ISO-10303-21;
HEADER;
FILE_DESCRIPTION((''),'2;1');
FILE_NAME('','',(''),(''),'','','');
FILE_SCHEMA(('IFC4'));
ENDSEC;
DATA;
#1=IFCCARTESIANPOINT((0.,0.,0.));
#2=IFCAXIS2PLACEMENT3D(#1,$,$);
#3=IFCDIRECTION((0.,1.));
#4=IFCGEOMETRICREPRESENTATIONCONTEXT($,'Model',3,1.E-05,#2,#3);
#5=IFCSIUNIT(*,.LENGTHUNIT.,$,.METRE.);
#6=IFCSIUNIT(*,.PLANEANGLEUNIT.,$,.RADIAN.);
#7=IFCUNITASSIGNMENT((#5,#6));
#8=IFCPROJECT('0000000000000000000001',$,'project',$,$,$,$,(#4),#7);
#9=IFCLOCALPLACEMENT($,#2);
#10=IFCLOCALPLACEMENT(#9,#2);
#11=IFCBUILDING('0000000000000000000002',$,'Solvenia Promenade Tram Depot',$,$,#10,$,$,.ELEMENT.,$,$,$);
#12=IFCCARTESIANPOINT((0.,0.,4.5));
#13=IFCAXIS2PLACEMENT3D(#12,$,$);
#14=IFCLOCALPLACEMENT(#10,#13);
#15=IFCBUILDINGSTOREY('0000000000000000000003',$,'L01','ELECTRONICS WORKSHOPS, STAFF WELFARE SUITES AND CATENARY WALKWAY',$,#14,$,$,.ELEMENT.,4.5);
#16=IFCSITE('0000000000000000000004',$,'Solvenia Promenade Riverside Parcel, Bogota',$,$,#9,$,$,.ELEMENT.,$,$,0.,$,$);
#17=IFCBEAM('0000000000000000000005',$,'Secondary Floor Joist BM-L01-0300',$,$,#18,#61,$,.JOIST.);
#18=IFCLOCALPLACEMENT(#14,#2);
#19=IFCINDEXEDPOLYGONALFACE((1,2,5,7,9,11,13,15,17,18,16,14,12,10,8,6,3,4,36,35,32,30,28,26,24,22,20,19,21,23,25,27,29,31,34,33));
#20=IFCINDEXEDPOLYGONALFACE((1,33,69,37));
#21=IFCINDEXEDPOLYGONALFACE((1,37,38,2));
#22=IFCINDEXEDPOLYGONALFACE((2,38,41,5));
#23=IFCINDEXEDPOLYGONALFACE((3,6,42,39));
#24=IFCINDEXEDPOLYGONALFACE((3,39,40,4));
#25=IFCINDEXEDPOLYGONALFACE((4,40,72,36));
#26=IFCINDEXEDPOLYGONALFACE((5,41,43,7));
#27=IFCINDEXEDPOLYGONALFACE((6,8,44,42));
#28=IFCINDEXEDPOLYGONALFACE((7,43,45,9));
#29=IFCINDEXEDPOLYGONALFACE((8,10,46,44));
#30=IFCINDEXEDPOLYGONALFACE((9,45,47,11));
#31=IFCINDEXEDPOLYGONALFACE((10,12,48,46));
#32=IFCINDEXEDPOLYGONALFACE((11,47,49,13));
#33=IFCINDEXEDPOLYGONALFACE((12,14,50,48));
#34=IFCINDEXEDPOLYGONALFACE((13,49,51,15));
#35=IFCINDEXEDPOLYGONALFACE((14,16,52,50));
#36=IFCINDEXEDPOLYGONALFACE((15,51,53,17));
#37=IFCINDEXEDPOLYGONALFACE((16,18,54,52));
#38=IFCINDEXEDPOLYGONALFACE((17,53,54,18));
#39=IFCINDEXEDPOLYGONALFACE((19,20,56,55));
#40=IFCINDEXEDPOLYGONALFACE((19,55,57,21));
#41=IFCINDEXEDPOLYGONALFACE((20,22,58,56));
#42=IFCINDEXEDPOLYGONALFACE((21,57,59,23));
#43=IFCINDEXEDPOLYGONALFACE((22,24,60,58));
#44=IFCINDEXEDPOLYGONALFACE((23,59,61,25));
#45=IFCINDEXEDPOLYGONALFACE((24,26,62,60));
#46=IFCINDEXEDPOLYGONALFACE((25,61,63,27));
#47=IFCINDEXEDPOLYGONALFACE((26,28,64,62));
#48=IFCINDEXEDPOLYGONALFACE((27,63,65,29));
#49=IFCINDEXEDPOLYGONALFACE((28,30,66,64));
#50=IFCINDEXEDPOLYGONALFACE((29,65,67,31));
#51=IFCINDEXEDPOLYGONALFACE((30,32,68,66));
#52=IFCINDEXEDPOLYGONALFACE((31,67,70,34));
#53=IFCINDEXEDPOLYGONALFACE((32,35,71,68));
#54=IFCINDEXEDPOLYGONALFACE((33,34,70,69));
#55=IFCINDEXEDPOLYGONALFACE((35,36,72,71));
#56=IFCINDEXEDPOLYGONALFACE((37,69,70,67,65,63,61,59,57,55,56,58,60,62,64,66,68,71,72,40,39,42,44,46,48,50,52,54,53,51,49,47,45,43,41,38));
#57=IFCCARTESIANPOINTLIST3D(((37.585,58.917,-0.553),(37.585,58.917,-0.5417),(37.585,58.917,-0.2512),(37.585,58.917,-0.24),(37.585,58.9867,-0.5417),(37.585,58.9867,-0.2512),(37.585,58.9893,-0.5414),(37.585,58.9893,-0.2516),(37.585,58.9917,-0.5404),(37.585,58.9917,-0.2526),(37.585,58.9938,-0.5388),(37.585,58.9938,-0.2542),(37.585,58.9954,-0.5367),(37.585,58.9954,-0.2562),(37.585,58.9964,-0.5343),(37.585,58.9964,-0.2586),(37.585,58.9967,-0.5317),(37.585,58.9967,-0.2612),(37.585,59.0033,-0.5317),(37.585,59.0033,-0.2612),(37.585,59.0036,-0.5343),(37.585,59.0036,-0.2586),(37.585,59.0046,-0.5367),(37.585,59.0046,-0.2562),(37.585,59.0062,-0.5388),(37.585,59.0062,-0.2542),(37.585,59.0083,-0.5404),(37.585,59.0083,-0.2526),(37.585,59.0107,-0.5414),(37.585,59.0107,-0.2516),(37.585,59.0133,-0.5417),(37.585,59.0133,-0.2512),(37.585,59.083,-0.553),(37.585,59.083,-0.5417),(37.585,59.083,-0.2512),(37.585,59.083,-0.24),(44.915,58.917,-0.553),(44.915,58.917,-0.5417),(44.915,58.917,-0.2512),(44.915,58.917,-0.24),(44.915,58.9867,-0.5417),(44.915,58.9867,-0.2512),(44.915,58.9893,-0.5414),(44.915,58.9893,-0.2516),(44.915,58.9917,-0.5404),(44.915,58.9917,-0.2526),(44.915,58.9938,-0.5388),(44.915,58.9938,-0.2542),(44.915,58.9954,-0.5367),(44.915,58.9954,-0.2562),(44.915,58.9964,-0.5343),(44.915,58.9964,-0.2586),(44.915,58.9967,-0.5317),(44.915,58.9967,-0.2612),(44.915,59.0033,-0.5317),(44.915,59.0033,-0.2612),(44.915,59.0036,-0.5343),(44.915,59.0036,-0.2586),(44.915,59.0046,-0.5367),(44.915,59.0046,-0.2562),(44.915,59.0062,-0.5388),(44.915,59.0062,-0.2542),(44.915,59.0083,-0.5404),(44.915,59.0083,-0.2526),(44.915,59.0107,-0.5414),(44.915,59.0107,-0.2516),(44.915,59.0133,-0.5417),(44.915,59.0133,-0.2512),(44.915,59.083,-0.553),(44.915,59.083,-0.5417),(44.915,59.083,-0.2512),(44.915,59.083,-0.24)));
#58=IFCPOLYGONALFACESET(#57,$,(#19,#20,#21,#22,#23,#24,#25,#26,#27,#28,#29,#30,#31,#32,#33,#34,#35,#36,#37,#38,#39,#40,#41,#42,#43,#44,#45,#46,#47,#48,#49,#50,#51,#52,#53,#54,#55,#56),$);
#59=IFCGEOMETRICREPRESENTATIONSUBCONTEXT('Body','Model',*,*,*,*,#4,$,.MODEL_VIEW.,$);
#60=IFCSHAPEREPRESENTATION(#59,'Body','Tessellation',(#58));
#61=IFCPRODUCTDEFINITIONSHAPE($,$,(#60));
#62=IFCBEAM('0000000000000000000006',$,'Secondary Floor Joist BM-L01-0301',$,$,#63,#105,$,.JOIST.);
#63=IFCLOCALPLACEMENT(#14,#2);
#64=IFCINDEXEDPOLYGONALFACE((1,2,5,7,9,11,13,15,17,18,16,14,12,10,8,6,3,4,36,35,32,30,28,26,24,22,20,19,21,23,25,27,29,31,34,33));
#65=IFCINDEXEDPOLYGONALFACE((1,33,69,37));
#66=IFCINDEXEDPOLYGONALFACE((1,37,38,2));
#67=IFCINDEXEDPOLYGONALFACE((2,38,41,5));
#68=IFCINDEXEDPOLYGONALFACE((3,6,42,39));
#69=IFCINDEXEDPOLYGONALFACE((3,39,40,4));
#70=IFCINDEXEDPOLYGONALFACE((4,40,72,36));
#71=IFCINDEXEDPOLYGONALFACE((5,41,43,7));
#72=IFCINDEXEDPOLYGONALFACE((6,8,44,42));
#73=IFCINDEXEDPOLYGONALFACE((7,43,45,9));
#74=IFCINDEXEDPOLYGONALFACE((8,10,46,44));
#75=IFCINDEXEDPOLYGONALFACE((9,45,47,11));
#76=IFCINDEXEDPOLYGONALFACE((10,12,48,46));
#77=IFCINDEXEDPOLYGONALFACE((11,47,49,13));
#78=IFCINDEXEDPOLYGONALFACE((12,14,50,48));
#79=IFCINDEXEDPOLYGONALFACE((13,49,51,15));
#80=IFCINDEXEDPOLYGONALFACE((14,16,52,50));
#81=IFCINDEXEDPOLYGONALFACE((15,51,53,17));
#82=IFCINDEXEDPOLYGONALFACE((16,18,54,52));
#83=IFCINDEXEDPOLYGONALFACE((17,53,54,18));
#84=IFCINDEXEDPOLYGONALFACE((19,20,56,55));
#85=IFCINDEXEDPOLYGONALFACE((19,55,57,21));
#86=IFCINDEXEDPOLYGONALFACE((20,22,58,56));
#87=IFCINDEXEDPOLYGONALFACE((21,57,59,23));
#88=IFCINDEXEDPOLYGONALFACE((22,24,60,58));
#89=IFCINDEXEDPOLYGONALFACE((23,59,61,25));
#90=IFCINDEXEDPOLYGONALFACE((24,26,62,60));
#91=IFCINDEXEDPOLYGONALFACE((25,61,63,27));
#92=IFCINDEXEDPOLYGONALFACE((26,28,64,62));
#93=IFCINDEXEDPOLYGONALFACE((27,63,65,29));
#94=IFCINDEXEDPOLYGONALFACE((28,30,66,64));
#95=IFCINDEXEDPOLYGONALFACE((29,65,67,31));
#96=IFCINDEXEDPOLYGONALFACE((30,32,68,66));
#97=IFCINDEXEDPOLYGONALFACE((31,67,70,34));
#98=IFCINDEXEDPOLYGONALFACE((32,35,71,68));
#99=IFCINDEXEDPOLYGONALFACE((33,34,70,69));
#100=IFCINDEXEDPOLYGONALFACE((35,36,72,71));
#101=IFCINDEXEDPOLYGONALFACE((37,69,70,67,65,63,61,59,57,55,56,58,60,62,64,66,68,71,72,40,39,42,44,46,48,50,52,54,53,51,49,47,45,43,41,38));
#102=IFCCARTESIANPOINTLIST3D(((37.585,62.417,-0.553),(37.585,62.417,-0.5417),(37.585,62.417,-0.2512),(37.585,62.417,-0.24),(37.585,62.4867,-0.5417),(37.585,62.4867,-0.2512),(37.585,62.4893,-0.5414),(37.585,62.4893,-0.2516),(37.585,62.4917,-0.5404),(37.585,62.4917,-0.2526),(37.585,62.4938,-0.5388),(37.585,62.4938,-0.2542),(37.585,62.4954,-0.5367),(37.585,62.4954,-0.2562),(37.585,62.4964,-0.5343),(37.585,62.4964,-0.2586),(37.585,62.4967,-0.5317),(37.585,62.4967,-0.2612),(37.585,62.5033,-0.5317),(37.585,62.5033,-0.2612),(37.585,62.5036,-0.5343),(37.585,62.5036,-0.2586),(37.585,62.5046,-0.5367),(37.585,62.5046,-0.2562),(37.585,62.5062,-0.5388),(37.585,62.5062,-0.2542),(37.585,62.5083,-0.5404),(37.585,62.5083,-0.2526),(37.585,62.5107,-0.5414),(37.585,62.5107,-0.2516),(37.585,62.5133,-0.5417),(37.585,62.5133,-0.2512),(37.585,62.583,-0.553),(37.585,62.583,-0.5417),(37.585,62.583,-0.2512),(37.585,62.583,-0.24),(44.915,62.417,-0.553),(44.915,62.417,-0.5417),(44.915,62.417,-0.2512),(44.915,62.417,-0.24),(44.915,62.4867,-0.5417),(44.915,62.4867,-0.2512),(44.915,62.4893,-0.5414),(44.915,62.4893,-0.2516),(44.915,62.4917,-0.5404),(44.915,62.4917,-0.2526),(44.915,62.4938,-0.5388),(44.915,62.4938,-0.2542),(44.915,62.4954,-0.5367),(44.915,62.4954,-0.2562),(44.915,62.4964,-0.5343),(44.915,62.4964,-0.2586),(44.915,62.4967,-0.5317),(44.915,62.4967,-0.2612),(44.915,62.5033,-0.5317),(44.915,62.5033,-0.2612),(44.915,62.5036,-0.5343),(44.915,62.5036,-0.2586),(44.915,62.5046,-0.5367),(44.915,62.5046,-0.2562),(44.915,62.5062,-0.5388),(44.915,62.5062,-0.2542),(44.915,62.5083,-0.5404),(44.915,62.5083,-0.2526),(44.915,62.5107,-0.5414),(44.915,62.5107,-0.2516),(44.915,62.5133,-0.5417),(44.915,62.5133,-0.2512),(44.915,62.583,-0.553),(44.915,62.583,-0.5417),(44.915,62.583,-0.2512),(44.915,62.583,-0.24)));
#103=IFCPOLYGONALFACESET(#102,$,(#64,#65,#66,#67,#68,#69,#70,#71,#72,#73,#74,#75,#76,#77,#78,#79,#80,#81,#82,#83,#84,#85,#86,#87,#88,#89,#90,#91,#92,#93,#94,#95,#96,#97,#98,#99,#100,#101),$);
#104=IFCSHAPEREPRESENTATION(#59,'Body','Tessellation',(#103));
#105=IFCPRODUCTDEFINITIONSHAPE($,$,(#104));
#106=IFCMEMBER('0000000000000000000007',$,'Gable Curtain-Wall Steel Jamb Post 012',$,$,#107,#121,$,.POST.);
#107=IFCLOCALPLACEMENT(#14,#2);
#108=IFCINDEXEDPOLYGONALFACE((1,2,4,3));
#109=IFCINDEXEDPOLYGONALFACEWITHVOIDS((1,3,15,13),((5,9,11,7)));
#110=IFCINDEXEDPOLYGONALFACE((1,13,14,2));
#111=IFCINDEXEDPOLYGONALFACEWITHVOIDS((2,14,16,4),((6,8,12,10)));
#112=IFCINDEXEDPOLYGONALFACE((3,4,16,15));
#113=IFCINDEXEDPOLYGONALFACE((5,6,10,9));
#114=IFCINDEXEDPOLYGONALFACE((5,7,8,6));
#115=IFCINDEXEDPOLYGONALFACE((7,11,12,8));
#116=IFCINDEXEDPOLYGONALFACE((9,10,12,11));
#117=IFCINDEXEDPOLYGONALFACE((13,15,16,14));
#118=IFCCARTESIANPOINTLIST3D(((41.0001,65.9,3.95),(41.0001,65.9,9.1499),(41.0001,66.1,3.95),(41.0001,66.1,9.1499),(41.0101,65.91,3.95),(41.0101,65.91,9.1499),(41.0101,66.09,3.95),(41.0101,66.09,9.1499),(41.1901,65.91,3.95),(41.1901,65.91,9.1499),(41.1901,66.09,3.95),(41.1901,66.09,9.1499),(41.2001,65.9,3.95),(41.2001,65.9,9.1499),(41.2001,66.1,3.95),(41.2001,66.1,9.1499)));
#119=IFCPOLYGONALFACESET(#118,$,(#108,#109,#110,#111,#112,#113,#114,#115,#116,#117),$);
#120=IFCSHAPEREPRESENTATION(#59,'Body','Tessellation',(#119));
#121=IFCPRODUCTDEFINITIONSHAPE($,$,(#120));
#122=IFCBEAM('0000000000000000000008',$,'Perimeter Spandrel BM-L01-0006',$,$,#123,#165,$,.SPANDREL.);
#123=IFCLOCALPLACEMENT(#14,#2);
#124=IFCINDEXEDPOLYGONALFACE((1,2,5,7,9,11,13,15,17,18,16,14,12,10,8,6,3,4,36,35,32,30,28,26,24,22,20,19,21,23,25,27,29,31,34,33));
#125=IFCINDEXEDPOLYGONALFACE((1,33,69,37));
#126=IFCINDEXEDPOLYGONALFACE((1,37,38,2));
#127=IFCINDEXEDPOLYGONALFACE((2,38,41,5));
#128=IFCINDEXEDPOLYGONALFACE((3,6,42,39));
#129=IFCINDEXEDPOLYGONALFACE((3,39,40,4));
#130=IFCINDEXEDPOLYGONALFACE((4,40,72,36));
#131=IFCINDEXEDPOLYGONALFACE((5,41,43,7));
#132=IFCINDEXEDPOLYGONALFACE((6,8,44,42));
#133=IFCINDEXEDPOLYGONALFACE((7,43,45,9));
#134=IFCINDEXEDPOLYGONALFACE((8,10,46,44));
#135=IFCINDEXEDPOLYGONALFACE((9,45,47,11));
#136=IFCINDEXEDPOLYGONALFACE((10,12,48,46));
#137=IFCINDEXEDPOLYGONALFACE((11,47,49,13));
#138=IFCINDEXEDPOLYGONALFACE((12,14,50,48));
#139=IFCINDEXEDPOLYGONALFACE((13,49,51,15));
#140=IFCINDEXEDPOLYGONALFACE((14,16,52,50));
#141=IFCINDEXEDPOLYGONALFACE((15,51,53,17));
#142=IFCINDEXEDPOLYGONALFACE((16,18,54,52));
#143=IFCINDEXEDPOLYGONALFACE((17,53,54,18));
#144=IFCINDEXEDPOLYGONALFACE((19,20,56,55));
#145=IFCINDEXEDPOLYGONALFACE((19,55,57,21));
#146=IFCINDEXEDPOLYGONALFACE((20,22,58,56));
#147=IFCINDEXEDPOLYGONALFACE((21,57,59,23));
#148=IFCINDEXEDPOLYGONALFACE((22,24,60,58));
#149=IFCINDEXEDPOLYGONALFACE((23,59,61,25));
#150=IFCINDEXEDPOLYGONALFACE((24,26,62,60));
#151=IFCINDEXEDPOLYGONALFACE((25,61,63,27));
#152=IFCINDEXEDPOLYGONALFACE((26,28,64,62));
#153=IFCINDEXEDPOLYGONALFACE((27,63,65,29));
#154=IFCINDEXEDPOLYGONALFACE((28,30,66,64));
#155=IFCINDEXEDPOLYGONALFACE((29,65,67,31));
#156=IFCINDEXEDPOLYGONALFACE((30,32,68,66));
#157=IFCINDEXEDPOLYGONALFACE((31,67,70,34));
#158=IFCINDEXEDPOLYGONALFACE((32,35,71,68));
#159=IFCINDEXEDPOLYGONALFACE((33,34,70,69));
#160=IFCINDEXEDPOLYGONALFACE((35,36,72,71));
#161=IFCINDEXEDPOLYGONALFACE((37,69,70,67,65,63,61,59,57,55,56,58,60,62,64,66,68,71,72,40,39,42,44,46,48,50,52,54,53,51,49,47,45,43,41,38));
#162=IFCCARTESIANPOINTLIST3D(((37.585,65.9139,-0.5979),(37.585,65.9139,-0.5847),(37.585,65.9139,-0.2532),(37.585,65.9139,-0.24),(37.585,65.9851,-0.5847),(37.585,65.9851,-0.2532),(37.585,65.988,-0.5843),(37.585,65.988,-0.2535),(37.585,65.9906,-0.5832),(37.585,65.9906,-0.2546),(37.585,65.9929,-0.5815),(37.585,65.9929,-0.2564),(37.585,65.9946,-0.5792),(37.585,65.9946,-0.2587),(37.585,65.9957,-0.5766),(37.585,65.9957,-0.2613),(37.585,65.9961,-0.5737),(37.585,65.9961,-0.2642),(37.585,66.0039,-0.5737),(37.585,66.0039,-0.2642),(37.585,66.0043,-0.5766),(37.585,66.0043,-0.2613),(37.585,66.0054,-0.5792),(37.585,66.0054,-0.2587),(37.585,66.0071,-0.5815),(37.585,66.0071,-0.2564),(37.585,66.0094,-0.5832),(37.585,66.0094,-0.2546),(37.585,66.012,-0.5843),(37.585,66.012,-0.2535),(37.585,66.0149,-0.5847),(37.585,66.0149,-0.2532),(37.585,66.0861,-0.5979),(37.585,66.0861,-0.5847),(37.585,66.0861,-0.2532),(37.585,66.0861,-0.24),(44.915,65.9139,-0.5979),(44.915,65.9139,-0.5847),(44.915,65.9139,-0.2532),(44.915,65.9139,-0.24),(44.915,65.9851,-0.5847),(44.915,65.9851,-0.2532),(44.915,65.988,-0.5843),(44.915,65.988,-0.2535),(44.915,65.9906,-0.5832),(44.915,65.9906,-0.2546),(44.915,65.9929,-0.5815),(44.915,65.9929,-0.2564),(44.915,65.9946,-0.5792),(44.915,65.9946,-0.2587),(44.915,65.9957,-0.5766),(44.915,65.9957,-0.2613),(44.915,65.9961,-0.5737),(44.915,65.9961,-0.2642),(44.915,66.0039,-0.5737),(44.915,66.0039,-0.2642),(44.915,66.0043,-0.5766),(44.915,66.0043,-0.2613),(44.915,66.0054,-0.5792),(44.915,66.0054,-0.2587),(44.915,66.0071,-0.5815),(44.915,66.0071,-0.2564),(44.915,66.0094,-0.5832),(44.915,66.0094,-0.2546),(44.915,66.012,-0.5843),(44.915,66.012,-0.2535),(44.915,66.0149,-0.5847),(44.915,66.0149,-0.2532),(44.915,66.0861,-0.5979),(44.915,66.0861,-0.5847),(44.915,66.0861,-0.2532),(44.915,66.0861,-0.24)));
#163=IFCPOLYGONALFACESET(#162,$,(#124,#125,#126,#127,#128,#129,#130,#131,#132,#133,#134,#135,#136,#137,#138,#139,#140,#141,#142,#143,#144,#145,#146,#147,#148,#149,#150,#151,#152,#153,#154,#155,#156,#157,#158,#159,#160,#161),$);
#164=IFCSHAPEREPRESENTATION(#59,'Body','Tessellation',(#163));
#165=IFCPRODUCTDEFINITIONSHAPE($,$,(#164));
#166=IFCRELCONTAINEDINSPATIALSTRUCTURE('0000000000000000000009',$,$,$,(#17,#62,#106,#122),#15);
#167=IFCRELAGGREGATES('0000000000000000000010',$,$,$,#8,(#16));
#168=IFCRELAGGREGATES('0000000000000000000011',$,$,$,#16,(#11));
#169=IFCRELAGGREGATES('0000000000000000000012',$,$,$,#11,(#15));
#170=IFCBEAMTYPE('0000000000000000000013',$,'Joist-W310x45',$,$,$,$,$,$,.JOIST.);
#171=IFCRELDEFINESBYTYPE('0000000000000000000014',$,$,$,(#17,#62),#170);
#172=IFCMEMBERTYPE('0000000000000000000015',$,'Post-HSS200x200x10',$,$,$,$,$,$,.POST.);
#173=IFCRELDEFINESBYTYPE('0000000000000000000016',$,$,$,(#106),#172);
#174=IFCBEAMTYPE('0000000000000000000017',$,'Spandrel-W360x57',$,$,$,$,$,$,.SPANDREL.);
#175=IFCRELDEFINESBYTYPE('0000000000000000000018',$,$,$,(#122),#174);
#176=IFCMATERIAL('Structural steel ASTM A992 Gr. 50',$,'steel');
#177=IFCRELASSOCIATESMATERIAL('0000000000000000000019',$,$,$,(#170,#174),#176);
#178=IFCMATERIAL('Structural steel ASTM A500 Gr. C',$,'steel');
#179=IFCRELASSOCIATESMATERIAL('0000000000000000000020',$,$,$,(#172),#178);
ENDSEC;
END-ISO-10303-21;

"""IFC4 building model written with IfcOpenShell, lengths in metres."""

from ifc_helpers import new_model, si_unit, direction, frame, origin, origin_2d, place, context, subcontext, project, spatial, hollow_rectangle, i_section, extrude, material, material_profile, profile_set, type_object, element, save


model = new_model("IFC4")

# Units and contexts
model_context = context("Model", 3, precision=1e-05, world=origin(), true_north=direction((0.0, 1.0)))
body_context = subcontext(model_context, "Body", "Model", "MODEL_VIEW")
ifc_project = project(units=[si_unit("LENGTHUNIT", "METRE"), si_unit("PLANEANGLEUNIT", "RADIAN")], contexts=[model_context])

# Site, building, storey
site_placement = place(None, origin())
site = spatial("IfcSite", under=ifc_project, at=site_placement, Name="Solvenia Promenade Riverside Parcel, Bogota", CompositionType="ELEMENT", RefElevation=0.0)
building_placement = place(site_placement, origin())
building = spatial("IfcBuilding", under=site, at=building_placement, Name="Solvenia Promenade Tram Depot", CompositionType="ELEMENT")
storey_placement = place(building_placement, frame((0.0, 0.0, 4.5)))
storey = spatial("IfcBuildingStorey", under=building, at=storey_placement, Name="L01", Description="ELECTRONICS WORKSHOPS, STAFF WELFARE SUITES AND CATENARY WALKWAY", CompositionType="ELEMENT", Elevation=4.5)

# Shared definitions
ifc_material_1 = material(Name="Structural steel ASTM A992 Gr. 50", Category="steel")

# Shared definitions
ifc_material_2 = material(Name="Structural steel ASTM A500 Gr. C", Category="steel")

# Beams
ifc_material_profile_1 = material_profile(ifc_material_1, i_section(OverallWidth=0.166, OverallDepth=0.313, WebThickness=0.0066, FlangeThickness=0.0112, FilletRadius=0.01, at=origin_2d()), Name="W310x45", Category="steel")
ifc_profile_set_1 = profile_set([ifc_material_profile_1], Name="Structural steel ASTM A992 Gr. 50")
beam_type_1 = type_object("IfcBeamType", Name="Joist-W310x45", PredefinedType="JOIST", material=ifc_profile_set_1)
for number, where, z_axis, x_axis, name in (
    (1, (37.585, 59.0, -0.3965), (1.0, 0.0, 0.0), (0.0, 1.0, 0.0), "Secondary Floor Joist BM-L01-0300"),
    (2, (37.585, 62.5, -0.3965), (1.0, 0.0, 0.0), (0.0, 1.0, 0.0), "Secondary Floor Joist BM-L01-0301"),
):
    element("IfcBeam", number, at=place(storey_placement, frame(where, z_axis=z_axis, x_axis=x_axis)), inside=storey, type_object=beam_type_1, Name=name, PredefinedType="JOIST", context=body_context, shape_type="SweptSolid", body=[
        extrude(i_section(OverallWidth=0.166, OverallDepth=0.313, WebThickness=0.0066, FlangeThickness=0.0112, FilletRadius=0.01, at=origin_2d()), origin(), (0.0, 0.0, 1.0), 7.3301),
    ])

# Member
ifc_material_profile_2 = material_profile(ifc_material_2, hollow_rectangle(XDim=0.2, YDim=0.2, WallThickness=0.01, at=origin_2d()), Name="HSS200x200x10", Category="steel")
ifc_profile_set_2 = profile_set([ifc_material_profile_2], Name="Structural steel ASTM A500 Gr. C")
member_type_1 = type_object("IfcMemberType", Name="Post-HSS200x200x10", PredefinedType="POST", material=ifc_profile_set_2)
member_1_placement = place(storey_placement, frame((41.1001, 66.0, 3.95), z_axis=(0.0, 0.0, 1.0), x_axis=(1.0, 0.0, 0.0)))
element("IfcMember", 3, at=member_1_placement, inside=storey, type_object=member_type_1, Name="Gable Curtain-Wall Steel Jamb Post 012", PredefinedType="POST", context=body_context, shape_type="SweptSolid", body=[
    extrude(hollow_rectangle(XDim=0.2, YDim=0.2, WallThickness=0.01, at=origin_2d()), origin(), (0.0, 0.0, 1.0), 5.2),
])

# Beam
ifc_material_profile_3 = material_profile(ifc_material_1, i_section(OverallWidth=0.1721, OverallDepth=0.3579, WebThickness=0.0078, FlangeThickness=0.0132, FilletRadius=0.011, at=origin_2d()), Name="W360x57", Category="steel")
ifc_profile_set_3 = profile_set([ifc_material_profile_3], Name="Structural steel ASTM A992 Gr. 50")
beam_type_2 = type_object("IfcBeamType", Name="Spandrel-W360x57", PredefinedType="SPANDREL", material=ifc_profile_set_3)
beam_placement = place(storey_placement, frame((37.585, 66.0, -0.4189), z_axis=(1.0, 0.0, 0.0), x_axis=(0.0, 1.0, 0.0)))
element("IfcBeam", 4, at=beam_placement, inside=storey, type_object=beam_type_2, Name="Perimeter Spandrel BM-L01-0006", PredefinedType="SPANDREL", context=body_context, shape_type="SweptSolid", body=[
    extrude(i_section(OverallWidth=0.1721, OverallDepth=0.3579, WebThickness=0.0078, FlangeThickness=0.0132, FilletRadius=0.011, at=origin_2d()), origin(), (0.0, 0.0, 1.0), 7.3301),
])

save(model, "model.ifc")
